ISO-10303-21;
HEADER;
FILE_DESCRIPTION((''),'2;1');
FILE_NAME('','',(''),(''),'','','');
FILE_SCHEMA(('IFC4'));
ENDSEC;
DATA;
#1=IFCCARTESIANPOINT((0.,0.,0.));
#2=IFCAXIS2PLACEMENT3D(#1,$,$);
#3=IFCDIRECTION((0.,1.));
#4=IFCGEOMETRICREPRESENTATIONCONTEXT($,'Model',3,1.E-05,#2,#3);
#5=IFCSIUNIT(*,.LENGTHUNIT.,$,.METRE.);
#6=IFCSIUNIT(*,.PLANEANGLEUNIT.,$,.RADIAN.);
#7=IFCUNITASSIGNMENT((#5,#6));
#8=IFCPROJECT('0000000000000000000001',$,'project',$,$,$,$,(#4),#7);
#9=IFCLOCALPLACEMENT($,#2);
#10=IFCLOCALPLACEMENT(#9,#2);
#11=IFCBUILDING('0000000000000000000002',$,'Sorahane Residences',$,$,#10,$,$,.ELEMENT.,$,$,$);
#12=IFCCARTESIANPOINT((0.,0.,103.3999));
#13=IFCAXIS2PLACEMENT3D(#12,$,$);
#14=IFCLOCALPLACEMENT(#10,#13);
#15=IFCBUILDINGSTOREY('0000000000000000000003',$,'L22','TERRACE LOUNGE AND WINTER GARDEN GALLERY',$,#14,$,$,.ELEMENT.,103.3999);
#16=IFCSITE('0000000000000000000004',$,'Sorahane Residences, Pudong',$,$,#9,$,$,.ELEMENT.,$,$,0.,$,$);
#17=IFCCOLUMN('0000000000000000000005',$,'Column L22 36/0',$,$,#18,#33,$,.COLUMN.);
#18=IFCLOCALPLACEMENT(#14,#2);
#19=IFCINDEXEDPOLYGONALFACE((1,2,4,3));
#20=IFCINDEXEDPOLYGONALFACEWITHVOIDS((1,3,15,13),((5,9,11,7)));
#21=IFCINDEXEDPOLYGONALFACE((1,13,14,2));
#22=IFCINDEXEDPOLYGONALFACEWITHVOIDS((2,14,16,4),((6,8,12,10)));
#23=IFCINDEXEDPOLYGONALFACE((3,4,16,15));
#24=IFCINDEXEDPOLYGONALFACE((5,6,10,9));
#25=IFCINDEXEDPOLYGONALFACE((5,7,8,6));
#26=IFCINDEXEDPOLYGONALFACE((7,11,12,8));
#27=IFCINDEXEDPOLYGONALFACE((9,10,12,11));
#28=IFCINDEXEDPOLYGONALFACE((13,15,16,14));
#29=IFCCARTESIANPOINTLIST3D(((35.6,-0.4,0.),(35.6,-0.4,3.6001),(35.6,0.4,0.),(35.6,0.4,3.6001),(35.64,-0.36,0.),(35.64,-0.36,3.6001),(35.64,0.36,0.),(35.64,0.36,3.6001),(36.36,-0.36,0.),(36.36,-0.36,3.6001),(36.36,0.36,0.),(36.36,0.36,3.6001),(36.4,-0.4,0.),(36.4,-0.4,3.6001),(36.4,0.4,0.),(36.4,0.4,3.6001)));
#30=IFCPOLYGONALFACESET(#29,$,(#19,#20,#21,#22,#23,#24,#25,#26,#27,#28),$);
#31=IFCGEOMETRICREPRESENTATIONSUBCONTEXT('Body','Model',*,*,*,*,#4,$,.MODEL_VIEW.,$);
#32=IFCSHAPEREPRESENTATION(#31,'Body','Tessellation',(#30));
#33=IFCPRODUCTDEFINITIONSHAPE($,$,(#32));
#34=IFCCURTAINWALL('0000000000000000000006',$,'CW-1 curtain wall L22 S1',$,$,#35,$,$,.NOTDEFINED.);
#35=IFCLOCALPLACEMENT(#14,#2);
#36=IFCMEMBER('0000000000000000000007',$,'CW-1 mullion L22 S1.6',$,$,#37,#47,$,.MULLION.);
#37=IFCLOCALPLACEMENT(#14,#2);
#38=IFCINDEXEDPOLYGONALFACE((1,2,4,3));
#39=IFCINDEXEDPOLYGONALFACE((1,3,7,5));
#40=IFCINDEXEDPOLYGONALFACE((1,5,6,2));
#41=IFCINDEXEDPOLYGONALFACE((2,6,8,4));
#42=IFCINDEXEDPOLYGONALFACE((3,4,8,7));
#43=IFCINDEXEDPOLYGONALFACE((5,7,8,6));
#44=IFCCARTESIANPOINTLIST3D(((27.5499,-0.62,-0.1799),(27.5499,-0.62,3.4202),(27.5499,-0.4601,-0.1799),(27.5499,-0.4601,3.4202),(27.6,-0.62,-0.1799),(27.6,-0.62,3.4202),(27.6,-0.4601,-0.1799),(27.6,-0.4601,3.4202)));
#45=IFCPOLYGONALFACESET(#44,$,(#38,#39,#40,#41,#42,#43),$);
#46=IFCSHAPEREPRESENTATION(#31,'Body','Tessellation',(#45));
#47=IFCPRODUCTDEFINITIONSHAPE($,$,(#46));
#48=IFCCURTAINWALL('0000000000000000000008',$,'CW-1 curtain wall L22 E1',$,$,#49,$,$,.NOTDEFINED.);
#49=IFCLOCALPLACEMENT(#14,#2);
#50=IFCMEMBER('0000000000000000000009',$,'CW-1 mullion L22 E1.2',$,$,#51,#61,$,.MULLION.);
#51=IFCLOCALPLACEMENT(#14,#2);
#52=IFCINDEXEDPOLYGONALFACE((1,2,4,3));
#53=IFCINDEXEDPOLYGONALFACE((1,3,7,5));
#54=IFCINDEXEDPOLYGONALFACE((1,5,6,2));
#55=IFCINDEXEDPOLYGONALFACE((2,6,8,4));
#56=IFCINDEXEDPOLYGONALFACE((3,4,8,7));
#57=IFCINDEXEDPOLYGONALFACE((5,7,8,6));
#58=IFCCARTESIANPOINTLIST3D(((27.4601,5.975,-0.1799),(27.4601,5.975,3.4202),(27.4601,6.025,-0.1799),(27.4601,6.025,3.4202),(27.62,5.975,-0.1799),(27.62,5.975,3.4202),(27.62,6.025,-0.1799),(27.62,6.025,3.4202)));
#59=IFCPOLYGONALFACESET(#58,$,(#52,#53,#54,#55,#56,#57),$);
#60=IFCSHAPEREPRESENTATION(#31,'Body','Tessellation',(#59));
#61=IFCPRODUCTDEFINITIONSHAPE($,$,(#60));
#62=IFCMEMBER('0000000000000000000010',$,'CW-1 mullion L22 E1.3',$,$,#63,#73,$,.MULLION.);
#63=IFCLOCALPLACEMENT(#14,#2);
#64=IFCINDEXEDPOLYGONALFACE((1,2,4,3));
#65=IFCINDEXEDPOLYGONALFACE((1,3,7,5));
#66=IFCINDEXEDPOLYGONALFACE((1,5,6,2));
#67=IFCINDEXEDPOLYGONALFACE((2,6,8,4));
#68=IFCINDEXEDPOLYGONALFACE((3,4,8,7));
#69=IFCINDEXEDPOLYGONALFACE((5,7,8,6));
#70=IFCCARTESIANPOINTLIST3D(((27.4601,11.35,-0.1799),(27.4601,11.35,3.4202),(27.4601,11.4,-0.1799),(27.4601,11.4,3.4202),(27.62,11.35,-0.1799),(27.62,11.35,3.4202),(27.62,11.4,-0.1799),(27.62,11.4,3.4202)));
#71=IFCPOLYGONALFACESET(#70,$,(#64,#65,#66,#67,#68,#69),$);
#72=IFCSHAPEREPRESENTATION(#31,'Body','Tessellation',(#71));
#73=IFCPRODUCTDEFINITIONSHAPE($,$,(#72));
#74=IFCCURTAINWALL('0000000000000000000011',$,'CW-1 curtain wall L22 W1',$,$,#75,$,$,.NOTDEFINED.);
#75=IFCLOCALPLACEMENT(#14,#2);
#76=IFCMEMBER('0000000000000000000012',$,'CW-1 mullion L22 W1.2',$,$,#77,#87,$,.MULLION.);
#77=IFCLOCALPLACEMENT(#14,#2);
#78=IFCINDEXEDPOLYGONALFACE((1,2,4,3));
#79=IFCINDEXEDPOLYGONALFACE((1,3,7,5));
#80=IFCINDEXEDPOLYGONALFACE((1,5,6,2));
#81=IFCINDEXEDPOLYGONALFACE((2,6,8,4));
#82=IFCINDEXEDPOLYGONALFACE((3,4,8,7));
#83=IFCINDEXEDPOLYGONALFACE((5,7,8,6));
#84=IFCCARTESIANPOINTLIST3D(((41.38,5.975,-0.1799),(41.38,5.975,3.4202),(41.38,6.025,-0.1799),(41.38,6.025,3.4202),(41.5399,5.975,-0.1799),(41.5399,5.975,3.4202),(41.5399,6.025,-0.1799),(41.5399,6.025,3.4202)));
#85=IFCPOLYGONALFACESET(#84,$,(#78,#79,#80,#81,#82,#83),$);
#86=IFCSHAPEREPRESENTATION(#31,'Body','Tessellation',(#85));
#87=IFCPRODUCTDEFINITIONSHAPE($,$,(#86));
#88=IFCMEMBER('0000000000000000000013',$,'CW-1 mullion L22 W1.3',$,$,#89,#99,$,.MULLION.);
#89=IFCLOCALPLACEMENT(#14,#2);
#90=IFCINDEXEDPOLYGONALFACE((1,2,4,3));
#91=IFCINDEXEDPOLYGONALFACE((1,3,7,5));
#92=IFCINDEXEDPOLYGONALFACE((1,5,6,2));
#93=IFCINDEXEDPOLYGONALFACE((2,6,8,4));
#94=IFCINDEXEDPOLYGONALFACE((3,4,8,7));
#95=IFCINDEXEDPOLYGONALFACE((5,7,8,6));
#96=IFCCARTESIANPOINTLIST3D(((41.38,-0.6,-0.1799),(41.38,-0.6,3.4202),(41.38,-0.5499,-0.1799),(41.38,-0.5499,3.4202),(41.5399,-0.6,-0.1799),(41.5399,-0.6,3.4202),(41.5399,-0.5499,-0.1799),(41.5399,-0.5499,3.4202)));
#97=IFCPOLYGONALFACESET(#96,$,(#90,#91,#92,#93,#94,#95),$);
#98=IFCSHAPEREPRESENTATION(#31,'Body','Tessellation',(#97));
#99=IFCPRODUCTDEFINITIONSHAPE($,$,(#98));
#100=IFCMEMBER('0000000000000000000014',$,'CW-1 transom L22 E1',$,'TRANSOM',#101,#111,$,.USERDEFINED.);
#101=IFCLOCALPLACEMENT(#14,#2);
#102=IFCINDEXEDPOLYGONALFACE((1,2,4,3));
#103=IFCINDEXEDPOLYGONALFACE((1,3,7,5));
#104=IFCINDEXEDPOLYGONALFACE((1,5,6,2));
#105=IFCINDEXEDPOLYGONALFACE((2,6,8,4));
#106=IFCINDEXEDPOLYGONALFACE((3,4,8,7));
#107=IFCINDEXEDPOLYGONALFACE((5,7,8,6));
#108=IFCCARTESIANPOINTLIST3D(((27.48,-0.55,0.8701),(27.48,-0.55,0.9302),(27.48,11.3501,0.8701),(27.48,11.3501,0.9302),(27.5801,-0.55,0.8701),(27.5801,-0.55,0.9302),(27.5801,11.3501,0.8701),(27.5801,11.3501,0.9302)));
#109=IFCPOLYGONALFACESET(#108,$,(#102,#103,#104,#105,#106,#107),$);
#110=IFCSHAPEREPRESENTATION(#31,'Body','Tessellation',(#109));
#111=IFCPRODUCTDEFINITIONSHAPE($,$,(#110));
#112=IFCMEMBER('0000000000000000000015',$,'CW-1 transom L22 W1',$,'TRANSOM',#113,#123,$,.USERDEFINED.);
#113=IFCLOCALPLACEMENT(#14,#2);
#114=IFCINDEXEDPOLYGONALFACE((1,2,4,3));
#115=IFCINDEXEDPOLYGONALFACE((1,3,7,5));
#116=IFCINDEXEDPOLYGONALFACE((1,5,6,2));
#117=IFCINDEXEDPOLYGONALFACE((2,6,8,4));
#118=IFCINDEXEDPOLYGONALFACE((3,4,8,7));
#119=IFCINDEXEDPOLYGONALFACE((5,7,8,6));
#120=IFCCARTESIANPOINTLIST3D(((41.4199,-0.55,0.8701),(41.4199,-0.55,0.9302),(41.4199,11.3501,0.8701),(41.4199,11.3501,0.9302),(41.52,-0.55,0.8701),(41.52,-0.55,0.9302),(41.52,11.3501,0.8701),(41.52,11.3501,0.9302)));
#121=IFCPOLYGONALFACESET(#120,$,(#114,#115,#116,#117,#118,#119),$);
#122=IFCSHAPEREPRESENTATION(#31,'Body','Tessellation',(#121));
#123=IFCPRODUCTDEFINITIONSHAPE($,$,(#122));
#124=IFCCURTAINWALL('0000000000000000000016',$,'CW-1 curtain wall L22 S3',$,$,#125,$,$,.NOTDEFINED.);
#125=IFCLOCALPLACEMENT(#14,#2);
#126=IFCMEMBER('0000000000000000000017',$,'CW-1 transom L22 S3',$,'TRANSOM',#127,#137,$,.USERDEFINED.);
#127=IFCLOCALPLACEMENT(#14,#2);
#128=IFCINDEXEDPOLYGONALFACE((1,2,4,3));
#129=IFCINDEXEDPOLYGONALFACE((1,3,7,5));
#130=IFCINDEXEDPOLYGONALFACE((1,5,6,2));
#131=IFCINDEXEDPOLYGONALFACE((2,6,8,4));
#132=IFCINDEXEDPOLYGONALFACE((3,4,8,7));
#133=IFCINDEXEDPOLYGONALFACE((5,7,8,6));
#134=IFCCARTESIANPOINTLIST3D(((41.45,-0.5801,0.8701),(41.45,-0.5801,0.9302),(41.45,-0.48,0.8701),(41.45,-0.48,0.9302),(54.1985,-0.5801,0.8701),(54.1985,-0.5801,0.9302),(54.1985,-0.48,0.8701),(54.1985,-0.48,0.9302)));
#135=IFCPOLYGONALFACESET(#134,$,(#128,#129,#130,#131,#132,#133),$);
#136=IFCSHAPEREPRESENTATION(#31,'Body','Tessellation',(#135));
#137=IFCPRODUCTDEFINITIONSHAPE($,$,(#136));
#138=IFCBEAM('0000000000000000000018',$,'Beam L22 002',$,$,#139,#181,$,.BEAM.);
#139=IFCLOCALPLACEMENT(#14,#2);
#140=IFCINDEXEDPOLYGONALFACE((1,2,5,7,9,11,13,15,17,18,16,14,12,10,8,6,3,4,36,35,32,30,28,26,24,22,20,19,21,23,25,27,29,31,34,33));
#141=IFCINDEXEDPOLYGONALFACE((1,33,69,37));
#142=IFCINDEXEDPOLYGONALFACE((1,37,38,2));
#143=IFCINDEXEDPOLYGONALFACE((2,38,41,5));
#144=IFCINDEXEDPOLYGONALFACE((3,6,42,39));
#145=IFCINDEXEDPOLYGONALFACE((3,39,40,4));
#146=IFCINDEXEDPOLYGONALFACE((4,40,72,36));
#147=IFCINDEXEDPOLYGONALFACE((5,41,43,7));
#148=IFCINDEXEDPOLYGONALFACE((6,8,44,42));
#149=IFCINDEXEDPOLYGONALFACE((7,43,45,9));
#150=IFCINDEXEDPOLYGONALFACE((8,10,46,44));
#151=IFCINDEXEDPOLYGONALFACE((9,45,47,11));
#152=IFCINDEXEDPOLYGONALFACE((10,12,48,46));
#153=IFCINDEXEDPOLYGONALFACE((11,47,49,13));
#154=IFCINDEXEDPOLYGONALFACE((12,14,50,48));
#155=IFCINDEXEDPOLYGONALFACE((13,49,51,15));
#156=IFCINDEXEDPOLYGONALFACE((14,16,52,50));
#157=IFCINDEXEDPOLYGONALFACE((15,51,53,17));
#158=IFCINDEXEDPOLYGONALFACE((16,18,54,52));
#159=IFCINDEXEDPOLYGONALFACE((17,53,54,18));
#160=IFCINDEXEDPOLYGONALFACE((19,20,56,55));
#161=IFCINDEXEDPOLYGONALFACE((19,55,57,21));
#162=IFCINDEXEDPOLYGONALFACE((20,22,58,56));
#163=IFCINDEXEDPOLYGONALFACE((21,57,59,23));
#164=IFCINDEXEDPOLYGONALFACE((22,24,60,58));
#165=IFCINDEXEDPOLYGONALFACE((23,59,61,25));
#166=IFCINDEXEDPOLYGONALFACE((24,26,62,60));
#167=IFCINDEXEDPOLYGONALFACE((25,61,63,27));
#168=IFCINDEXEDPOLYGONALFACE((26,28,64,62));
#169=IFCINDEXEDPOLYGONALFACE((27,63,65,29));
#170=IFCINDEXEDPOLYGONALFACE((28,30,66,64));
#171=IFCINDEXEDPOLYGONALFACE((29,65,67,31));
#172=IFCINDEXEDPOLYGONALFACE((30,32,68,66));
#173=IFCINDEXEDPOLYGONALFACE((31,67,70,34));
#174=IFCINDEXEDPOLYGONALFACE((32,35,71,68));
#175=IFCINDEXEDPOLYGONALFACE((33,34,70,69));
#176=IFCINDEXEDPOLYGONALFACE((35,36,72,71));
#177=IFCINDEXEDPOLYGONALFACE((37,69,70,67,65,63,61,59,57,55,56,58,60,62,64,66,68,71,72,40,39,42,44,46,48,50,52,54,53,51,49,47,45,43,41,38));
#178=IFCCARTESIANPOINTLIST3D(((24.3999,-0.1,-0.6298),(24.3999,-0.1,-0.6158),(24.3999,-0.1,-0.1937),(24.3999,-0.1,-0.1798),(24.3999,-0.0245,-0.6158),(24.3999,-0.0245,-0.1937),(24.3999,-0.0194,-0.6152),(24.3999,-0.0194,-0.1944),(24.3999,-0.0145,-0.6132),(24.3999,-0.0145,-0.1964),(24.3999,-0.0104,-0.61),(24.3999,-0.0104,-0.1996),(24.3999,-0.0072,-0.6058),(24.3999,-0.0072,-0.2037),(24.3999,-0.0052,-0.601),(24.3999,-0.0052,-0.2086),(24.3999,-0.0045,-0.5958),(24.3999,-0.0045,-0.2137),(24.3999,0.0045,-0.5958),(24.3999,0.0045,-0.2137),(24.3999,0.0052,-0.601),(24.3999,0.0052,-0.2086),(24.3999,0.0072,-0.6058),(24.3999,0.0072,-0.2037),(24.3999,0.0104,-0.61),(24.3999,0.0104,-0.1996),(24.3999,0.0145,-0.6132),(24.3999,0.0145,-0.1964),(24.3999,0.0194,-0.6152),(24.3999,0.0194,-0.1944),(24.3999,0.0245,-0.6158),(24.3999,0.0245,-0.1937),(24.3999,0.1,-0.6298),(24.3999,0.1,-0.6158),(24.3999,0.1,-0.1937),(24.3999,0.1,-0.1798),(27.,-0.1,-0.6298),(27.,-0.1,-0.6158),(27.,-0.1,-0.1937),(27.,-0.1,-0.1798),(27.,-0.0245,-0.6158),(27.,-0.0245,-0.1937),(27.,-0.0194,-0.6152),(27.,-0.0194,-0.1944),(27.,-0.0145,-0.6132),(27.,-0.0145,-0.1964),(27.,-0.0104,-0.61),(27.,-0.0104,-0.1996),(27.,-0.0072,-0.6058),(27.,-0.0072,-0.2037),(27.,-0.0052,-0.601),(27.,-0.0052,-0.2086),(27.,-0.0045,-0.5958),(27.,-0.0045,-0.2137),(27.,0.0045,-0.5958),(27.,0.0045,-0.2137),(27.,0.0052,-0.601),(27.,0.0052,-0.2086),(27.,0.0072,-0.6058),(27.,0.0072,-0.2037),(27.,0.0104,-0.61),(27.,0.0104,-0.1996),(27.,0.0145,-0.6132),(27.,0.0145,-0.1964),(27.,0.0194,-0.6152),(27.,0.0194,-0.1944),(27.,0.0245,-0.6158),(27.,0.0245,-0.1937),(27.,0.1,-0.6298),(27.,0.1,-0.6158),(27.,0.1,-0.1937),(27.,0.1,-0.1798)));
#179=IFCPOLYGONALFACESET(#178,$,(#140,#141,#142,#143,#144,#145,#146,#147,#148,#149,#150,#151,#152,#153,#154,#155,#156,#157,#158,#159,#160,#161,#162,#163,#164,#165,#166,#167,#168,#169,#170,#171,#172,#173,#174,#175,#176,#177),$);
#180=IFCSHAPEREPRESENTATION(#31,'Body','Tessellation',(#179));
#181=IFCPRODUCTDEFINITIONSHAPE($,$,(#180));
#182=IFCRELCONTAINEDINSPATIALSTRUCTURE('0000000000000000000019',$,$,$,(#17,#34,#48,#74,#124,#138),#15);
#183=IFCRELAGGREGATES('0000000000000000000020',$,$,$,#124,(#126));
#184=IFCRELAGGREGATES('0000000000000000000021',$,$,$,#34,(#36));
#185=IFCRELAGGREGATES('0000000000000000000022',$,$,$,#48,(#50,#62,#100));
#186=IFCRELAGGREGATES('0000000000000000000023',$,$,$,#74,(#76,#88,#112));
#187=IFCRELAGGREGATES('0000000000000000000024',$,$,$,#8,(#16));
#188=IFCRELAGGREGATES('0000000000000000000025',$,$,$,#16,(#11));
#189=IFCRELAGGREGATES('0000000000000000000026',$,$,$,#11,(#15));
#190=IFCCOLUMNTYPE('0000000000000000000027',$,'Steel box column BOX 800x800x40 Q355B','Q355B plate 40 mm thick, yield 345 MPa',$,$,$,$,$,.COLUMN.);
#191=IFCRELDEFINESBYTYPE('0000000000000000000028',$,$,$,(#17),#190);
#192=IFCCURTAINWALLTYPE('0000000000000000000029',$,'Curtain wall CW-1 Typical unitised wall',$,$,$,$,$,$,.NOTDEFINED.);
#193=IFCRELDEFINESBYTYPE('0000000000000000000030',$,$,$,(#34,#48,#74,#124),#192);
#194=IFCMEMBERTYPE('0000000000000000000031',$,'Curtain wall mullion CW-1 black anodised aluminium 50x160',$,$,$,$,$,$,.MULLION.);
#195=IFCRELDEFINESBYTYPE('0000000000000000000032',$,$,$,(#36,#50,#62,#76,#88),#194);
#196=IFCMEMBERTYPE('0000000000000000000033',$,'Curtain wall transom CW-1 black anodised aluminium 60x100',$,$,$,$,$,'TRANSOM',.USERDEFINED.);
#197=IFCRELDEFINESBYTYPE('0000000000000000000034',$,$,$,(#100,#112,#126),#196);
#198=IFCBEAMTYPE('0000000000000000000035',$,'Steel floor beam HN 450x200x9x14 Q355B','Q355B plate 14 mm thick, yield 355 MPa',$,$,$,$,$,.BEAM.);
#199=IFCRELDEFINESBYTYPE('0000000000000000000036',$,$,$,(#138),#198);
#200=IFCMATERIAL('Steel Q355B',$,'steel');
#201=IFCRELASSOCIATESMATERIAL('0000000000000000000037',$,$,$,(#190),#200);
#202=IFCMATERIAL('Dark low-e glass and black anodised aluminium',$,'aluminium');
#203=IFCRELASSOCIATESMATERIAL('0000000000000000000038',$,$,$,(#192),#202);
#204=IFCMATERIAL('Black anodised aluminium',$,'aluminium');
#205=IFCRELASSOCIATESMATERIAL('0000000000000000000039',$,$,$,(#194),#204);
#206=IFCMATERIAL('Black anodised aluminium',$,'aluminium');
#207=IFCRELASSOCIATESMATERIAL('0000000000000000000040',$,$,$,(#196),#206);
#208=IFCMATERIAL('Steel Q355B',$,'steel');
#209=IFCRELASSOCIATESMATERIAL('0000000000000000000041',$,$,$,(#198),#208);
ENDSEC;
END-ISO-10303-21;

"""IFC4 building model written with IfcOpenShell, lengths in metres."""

from ifc_helpers import new_model, si_unit, direction, frame, origin, origin_2d, place, context, subcontext, project, spatial, rectangle, hollow_rectangle, i_section, extrude, material, material_profile, profile_set, type_object, element, aggregate, save


model = new_model("IFC4")

# Units and contexts
model_context = context("Model", 3, precision=1e-05, world=origin(), true_north=direction((0.0, 1.0)))
body_context = subcontext(model_context, "Body", "Model", "MODEL_VIEW")
ifc_project = project(units=[si_unit("LENGTHUNIT", "METRE"), si_unit("PLANEANGLEUNIT", "RADIAN")], contexts=[model_context])

# Site, building, storey
site_placement = place(None, origin())
site = spatial("IfcSite", under=ifc_project, at=site_placement, Name="Sorahane Residences, Pudong", CompositionType="ELEMENT", RefElevation=0.0)
building_placement = place(site_placement, origin())
building = spatial("IfcBuilding", under=site, at=building_placement, Name="Sorahane Residences", CompositionType="ELEMENT")
storey_placement = place(building_placement, frame((0.0, 0.0, 103.3999)))
storey = spatial("IfcBuildingStorey", under=building, at=storey_placement, Name="L22", Description="TERRACE LOUNGE AND WINTER GARDEN GALLERY", CompositionType="ELEMENT", Elevation=103.3999)

# Column
ifc_material_1 = material(Name="Steel Q355B", Category="steel")
ifc_material_profile_1 = material_profile(ifc_material_1, hollow_rectangle(XDim=0.8, YDim=0.8, WallThickness=0.04, at=origin_2d()), Name="BOX 800x800x40")
ifc_profile_set_1 = profile_set([ifc_material_profile_1], Name="Steel Q355B")
column_type = type_object("IfcColumnType", Name="Steel box column BOX 800x800x40 Q355B", Description="Q355B plate 40 mm thick, yield 345 MPa", PredefinedType="COLUMN", material=ifc_profile_set_1)
column_placement = place(storey_placement, frame((36.0, 0.0, 0.0), z_axis=(0.0, 0.0, 1.0), x_axis=(1.0, 0.0, 0.0)))
element("IfcColumn", 1, at=column_placement, inside=storey, type_object=column_type, Name="Column L22 36/0", PredefinedType="COLUMN", context=body_context, shape_type="SweptSolid", body=[
    extrude(hollow_rectangle(XDim=0.8, YDim=0.8, WallThickness=0.04, at=origin_2d()), origin(), (0.0, 0.0, 1.0), 3.6001),
])

# Curtain wall, member
ifc_material_2 = material(Name="Dark low-e glass and black anodised aluminium", Category="aluminium")
curtain_wall_type = type_object("IfcCurtainWallType", Name="Curtain wall CW-1 Typical unitised wall", PredefinedType="NOTDEFINED", material=ifc_material_2)
curtain_wall_1_placement = place(storey_placement, origin())
curtain_wall_1 = element("IfcCurtainWall", 2, at=curtain_wall_1_placement, inside=storey, type_object=curtain_wall_type, Name="CW-1 curtain wall L22 S1", PredefinedType="NOTDEFINED")
ifc_material_3 = material(Name="Black anodised aluminium", Category="aluminium")
ifc_material_profile_2 = material_profile(ifc_material_3, rectangle(XDim=0.1599, YDim=0.05, at=origin_2d()), Name="Curtain wall mullion CW-1 black anodised aluminium 50x160")
ifc_profile_set_2 = profile_set([ifc_material_profile_2], Name="Black anodised aluminium")
member_type_1 = type_object("IfcMemberType", Name="Curtain wall mullion CW-1 black anodised aluminium 50x160", PredefinedType="MULLION", material=ifc_profile_set_2)
member_1_placement = place(storey_placement, frame((27.575, -0.54, -0.1799), z_axis=(0.0, 0.0, 1.0), x_axis=(0.0, -1.0, 0.0)))
member_1 = element("IfcMember", 3, at=member_1_placement, type_object=member_type_1, Name="CW-1 mullion L22 S1.6", PredefinedType="MULLION", context=body_context, shape_type="SweptSolid", body=[
    extrude(rectangle(XDim=0.1599, YDim=0.05, at=origin_2d()), origin(), (0.0, 0.0, 1.0), 3.6001),
])

# Curtain walls, members
curtain_wall_2_placement = place(storey_placement, origin())
curtain_wall_2 = element("IfcCurtainWall", 4, at=curtain_wall_2_placement, inside=storey, type_object=curtain_wall_type, Name="CW-1 curtain wall L22 E1", PredefinedType="NOTDEFINED")
member_2_placement = place(storey_placement, frame((27.54, 6.0, -0.1799), z_axis=(0.0, 0.0, 1.0), x_axis=(1.0, 0.0, 0.0)))
member_2 = element("IfcMember", 5, at=member_2_placement, type_object=member_type_1, Name="CW-1 mullion L22 E1.2", PredefinedType="MULLION", context=body_context, shape_type="SweptSolid", body=[
    extrude(rectangle(XDim=0.1599, YDim=0.05, at=origin_2d()), origin(), (0.0, 0.0, 1.0), 3.6001),
])
member_3_placement = place(storey_placement, frame((27.54, 11.375, -0.1799), z_axis=(0.0, 0.0, 1.0), x_axis=(1.0, 0.0, 0.0)))
member_3 = element("IfcMember", 6, at=member_3_placement, type_object=member_type_1, Name="CW-1 mullion L22 E1.3", PredefinedType="MULLION", context=body_context, shape_type="SweptSolid", body=[
    extrude(rectangle(XDim=0.1599, YDim=0.05, at=origin_2d()), origin(), (0.0, 0.0, 1.0), 3.6001),
])
curtain_wall_3_placement = place(storey_placement, origin())
curtain_wall_3 = element("IfcCurtainWall", 7, at=curtain_wall_3_placement, inside=storey, type_object=curtain_wall_type, Name="CW-1 curtain wall L22 W1", PredefinedType="NOTDEFINED")
member_4_placement = place(storey_placement, frame((41.46, 6.0, -0.1799), z_axis=(0.0, 0.0, 1.0), x_axis=(-1.0, 0.0, 0.0)))
member_4 = element("IfcMember", 8, at=member_4_placement, type_object=member_type_1, Name="CW-1 mullion L22 W1.2", PredefinedType="MULLION", context=body_context, shape_type="SweptSolid", body=[
    extrude(rectangle(XDim=0.1599, YDim=0.05, at=origin_2d()), origin(), (0.0, 0.0, 1.0), 3.6001),
])
member_5_placement = place(storey_placement, frame((41.46, -0.575, -0.1799), z_axis=(0.0, 0.0, 1.0), x_axis=(-1.0, 0.0, 0.0)))
member_5 = element("IfcMember", 9, at=member_5_placement, type_object=member_type_1, Name="CW-1 mullion L22 W1.3", PredefinedType="MULLION", context=body_context, shape_type="SweptSolid", body=[
    extrude(rectangle(XDim=0.1599, YDim=0.05, at=origin_2d()), origin(), (0.0, 0.0, 1.0), 3.6001),
])

# Members
ifc_material_4 = material(Name="Black anodised aluminium", Category="aluminium")
ifc_material_profile_3 = material_profile(ifc_material_4, rectangle(XDim=0.1001, YDim=0.0601, at=origin_2d()), Name="Curtain wall transom CW-1 black anodised aluminium 60x100")
ifc_profile_set_3 = profile_set([ifc_material_profile_3], Name="Black anodised aluminium")
member_type_2 = type_object("IfcMemberType", Name="Curtain wall transom CW-1 black anodised aluminium 60x100", ElementType="TRANSOM", PredefinedType="USERDEFINED", material=ifc_profile_set_3)
member_6_placement = place(storey_placement, frame((27.53, -0.55, 0.9001), z_axis=(0.0, 1.0, 0.0), x_axis=(-1.0, 0.0, 0.0)))
member_6 = element("IfcMember", 10, at=member_6_placement, type_object=member_type_2, Name="CW-1 transom L22 E1", ObjectType="TRANSOM", PredefinedType="USERDEFINED", context=body_context, shape_type="SweptSolid", body=[
    extrude(rectangle(XDim=0.1001, YDim=0.0601, at=origin_2d()), origin(), (0.0, 0.0, 1.0), 11.9001),
])
member_7_placement = place(storey_placement, frame((41.47, 11.3501, 0.9001), z_axis=(0.0, -1.0, 0.0), x_axis=(1.0, 0.0, 0.0)))
member_7 = element("IfcMember", 11, at=member_7_placement, type_object=member_type_2, Name="CW-1 transom L22 W1", ObjectType="TRANSOM", PredefinedType="USERDEFINED", context=body_context, shape_type="SweptSolid", body=[
    extrude(rectangle(XDim=0.1001, YDim=0.0601, at=origin_2d()), origin(), (0.0, 0.0, 1.0), 11.9001),
])

# Curtain wall, member
curtain_wall_4_placement = place(storey_placement, origin())
curtain_wall_4 = element("IfcCurtainWall", 12, at=curtain_wall_4_placement, inside=storey, type_object=curtain_wall_type, Name="CW-1 curtain wall L22 S3", PredefinedType="NOTDEFINED")
member_8_placement = place(storey_placement, frame((41.45, -0.53, 0.9001), z_axis=(1.0, 0.0, 0.0), x_axis=(0.0, 1.0, 0.0)))
member_8 = element("IfcMember", 13, at=member_8_placement, type_object=member_type_2, Name="CW-1 transom L22 S3", ObjectType="TRANSOM", PredefinedType="USERDEFINED", context=body_context, shape_type="SweptSolid", body=[
    extrude(rectangle(XDim=0.1001, YDim=0.0601, at=origin_2d()), origin(), (0.0, 0.0, 1.0), 12.7485),
])
aggregate(curtain_wall_4, [member_8])

# Beam
ifc_material_5 = material(Name="Steel Q355B", Category="steel")
ifc_material_profile_4 = material_profile(ifc_material_5, i_section(OverallWidth=0.2, OverallDepth=0.45, WebThickness=0.009, FlangeThickness=0.0139, FilletRadius=0.02, at=origin_2d()), Name="HN 450x200x9x14")
ifc_profile_set_4 = profile_set([ifc_material_profile_4], Name="Steel Q355B")
beam_type_1 = type_object("IfcBeamType", Name="Steel floor beam HN 450x200x9x14 Q355B", Description="Q355B plate 14 mm thick, yield 355 MPa", PredefinedType="BEAM", material=ifc_profile_set_4)
beam_1_placement = place(storey_placement, frame((24.3999, 0.0, -0.4048), z_axis=(1.0, 0.0, 0.0), x_axis=(0.0, 1.0, 0.0)))
element("IfcBeam", 14, at=beam_1_placement, inside=storey, type_object=beam_type_1, Name="Beam L22 002", PredefinedType="BEAM", context=body_context, shape_type="SweptSolid", body=[
    extrude(i_section(OverallWidth=0.2, OverallDepth=0.45, WebThickness=0.009, FlangeThickness=0.0139, FilletRadius=0.02, at=origin_2d()), origin(), (0.0, 0.0, 1.0), 2.6001),
])

aggregate(curtain_wall_1, [member_1])
aggregate(curtain_wall_2, [member_2, member_3, member_6])
aggregate(curtain_wall_3, [member_4, member_5, member_7])

save(model, "model.ifc")
